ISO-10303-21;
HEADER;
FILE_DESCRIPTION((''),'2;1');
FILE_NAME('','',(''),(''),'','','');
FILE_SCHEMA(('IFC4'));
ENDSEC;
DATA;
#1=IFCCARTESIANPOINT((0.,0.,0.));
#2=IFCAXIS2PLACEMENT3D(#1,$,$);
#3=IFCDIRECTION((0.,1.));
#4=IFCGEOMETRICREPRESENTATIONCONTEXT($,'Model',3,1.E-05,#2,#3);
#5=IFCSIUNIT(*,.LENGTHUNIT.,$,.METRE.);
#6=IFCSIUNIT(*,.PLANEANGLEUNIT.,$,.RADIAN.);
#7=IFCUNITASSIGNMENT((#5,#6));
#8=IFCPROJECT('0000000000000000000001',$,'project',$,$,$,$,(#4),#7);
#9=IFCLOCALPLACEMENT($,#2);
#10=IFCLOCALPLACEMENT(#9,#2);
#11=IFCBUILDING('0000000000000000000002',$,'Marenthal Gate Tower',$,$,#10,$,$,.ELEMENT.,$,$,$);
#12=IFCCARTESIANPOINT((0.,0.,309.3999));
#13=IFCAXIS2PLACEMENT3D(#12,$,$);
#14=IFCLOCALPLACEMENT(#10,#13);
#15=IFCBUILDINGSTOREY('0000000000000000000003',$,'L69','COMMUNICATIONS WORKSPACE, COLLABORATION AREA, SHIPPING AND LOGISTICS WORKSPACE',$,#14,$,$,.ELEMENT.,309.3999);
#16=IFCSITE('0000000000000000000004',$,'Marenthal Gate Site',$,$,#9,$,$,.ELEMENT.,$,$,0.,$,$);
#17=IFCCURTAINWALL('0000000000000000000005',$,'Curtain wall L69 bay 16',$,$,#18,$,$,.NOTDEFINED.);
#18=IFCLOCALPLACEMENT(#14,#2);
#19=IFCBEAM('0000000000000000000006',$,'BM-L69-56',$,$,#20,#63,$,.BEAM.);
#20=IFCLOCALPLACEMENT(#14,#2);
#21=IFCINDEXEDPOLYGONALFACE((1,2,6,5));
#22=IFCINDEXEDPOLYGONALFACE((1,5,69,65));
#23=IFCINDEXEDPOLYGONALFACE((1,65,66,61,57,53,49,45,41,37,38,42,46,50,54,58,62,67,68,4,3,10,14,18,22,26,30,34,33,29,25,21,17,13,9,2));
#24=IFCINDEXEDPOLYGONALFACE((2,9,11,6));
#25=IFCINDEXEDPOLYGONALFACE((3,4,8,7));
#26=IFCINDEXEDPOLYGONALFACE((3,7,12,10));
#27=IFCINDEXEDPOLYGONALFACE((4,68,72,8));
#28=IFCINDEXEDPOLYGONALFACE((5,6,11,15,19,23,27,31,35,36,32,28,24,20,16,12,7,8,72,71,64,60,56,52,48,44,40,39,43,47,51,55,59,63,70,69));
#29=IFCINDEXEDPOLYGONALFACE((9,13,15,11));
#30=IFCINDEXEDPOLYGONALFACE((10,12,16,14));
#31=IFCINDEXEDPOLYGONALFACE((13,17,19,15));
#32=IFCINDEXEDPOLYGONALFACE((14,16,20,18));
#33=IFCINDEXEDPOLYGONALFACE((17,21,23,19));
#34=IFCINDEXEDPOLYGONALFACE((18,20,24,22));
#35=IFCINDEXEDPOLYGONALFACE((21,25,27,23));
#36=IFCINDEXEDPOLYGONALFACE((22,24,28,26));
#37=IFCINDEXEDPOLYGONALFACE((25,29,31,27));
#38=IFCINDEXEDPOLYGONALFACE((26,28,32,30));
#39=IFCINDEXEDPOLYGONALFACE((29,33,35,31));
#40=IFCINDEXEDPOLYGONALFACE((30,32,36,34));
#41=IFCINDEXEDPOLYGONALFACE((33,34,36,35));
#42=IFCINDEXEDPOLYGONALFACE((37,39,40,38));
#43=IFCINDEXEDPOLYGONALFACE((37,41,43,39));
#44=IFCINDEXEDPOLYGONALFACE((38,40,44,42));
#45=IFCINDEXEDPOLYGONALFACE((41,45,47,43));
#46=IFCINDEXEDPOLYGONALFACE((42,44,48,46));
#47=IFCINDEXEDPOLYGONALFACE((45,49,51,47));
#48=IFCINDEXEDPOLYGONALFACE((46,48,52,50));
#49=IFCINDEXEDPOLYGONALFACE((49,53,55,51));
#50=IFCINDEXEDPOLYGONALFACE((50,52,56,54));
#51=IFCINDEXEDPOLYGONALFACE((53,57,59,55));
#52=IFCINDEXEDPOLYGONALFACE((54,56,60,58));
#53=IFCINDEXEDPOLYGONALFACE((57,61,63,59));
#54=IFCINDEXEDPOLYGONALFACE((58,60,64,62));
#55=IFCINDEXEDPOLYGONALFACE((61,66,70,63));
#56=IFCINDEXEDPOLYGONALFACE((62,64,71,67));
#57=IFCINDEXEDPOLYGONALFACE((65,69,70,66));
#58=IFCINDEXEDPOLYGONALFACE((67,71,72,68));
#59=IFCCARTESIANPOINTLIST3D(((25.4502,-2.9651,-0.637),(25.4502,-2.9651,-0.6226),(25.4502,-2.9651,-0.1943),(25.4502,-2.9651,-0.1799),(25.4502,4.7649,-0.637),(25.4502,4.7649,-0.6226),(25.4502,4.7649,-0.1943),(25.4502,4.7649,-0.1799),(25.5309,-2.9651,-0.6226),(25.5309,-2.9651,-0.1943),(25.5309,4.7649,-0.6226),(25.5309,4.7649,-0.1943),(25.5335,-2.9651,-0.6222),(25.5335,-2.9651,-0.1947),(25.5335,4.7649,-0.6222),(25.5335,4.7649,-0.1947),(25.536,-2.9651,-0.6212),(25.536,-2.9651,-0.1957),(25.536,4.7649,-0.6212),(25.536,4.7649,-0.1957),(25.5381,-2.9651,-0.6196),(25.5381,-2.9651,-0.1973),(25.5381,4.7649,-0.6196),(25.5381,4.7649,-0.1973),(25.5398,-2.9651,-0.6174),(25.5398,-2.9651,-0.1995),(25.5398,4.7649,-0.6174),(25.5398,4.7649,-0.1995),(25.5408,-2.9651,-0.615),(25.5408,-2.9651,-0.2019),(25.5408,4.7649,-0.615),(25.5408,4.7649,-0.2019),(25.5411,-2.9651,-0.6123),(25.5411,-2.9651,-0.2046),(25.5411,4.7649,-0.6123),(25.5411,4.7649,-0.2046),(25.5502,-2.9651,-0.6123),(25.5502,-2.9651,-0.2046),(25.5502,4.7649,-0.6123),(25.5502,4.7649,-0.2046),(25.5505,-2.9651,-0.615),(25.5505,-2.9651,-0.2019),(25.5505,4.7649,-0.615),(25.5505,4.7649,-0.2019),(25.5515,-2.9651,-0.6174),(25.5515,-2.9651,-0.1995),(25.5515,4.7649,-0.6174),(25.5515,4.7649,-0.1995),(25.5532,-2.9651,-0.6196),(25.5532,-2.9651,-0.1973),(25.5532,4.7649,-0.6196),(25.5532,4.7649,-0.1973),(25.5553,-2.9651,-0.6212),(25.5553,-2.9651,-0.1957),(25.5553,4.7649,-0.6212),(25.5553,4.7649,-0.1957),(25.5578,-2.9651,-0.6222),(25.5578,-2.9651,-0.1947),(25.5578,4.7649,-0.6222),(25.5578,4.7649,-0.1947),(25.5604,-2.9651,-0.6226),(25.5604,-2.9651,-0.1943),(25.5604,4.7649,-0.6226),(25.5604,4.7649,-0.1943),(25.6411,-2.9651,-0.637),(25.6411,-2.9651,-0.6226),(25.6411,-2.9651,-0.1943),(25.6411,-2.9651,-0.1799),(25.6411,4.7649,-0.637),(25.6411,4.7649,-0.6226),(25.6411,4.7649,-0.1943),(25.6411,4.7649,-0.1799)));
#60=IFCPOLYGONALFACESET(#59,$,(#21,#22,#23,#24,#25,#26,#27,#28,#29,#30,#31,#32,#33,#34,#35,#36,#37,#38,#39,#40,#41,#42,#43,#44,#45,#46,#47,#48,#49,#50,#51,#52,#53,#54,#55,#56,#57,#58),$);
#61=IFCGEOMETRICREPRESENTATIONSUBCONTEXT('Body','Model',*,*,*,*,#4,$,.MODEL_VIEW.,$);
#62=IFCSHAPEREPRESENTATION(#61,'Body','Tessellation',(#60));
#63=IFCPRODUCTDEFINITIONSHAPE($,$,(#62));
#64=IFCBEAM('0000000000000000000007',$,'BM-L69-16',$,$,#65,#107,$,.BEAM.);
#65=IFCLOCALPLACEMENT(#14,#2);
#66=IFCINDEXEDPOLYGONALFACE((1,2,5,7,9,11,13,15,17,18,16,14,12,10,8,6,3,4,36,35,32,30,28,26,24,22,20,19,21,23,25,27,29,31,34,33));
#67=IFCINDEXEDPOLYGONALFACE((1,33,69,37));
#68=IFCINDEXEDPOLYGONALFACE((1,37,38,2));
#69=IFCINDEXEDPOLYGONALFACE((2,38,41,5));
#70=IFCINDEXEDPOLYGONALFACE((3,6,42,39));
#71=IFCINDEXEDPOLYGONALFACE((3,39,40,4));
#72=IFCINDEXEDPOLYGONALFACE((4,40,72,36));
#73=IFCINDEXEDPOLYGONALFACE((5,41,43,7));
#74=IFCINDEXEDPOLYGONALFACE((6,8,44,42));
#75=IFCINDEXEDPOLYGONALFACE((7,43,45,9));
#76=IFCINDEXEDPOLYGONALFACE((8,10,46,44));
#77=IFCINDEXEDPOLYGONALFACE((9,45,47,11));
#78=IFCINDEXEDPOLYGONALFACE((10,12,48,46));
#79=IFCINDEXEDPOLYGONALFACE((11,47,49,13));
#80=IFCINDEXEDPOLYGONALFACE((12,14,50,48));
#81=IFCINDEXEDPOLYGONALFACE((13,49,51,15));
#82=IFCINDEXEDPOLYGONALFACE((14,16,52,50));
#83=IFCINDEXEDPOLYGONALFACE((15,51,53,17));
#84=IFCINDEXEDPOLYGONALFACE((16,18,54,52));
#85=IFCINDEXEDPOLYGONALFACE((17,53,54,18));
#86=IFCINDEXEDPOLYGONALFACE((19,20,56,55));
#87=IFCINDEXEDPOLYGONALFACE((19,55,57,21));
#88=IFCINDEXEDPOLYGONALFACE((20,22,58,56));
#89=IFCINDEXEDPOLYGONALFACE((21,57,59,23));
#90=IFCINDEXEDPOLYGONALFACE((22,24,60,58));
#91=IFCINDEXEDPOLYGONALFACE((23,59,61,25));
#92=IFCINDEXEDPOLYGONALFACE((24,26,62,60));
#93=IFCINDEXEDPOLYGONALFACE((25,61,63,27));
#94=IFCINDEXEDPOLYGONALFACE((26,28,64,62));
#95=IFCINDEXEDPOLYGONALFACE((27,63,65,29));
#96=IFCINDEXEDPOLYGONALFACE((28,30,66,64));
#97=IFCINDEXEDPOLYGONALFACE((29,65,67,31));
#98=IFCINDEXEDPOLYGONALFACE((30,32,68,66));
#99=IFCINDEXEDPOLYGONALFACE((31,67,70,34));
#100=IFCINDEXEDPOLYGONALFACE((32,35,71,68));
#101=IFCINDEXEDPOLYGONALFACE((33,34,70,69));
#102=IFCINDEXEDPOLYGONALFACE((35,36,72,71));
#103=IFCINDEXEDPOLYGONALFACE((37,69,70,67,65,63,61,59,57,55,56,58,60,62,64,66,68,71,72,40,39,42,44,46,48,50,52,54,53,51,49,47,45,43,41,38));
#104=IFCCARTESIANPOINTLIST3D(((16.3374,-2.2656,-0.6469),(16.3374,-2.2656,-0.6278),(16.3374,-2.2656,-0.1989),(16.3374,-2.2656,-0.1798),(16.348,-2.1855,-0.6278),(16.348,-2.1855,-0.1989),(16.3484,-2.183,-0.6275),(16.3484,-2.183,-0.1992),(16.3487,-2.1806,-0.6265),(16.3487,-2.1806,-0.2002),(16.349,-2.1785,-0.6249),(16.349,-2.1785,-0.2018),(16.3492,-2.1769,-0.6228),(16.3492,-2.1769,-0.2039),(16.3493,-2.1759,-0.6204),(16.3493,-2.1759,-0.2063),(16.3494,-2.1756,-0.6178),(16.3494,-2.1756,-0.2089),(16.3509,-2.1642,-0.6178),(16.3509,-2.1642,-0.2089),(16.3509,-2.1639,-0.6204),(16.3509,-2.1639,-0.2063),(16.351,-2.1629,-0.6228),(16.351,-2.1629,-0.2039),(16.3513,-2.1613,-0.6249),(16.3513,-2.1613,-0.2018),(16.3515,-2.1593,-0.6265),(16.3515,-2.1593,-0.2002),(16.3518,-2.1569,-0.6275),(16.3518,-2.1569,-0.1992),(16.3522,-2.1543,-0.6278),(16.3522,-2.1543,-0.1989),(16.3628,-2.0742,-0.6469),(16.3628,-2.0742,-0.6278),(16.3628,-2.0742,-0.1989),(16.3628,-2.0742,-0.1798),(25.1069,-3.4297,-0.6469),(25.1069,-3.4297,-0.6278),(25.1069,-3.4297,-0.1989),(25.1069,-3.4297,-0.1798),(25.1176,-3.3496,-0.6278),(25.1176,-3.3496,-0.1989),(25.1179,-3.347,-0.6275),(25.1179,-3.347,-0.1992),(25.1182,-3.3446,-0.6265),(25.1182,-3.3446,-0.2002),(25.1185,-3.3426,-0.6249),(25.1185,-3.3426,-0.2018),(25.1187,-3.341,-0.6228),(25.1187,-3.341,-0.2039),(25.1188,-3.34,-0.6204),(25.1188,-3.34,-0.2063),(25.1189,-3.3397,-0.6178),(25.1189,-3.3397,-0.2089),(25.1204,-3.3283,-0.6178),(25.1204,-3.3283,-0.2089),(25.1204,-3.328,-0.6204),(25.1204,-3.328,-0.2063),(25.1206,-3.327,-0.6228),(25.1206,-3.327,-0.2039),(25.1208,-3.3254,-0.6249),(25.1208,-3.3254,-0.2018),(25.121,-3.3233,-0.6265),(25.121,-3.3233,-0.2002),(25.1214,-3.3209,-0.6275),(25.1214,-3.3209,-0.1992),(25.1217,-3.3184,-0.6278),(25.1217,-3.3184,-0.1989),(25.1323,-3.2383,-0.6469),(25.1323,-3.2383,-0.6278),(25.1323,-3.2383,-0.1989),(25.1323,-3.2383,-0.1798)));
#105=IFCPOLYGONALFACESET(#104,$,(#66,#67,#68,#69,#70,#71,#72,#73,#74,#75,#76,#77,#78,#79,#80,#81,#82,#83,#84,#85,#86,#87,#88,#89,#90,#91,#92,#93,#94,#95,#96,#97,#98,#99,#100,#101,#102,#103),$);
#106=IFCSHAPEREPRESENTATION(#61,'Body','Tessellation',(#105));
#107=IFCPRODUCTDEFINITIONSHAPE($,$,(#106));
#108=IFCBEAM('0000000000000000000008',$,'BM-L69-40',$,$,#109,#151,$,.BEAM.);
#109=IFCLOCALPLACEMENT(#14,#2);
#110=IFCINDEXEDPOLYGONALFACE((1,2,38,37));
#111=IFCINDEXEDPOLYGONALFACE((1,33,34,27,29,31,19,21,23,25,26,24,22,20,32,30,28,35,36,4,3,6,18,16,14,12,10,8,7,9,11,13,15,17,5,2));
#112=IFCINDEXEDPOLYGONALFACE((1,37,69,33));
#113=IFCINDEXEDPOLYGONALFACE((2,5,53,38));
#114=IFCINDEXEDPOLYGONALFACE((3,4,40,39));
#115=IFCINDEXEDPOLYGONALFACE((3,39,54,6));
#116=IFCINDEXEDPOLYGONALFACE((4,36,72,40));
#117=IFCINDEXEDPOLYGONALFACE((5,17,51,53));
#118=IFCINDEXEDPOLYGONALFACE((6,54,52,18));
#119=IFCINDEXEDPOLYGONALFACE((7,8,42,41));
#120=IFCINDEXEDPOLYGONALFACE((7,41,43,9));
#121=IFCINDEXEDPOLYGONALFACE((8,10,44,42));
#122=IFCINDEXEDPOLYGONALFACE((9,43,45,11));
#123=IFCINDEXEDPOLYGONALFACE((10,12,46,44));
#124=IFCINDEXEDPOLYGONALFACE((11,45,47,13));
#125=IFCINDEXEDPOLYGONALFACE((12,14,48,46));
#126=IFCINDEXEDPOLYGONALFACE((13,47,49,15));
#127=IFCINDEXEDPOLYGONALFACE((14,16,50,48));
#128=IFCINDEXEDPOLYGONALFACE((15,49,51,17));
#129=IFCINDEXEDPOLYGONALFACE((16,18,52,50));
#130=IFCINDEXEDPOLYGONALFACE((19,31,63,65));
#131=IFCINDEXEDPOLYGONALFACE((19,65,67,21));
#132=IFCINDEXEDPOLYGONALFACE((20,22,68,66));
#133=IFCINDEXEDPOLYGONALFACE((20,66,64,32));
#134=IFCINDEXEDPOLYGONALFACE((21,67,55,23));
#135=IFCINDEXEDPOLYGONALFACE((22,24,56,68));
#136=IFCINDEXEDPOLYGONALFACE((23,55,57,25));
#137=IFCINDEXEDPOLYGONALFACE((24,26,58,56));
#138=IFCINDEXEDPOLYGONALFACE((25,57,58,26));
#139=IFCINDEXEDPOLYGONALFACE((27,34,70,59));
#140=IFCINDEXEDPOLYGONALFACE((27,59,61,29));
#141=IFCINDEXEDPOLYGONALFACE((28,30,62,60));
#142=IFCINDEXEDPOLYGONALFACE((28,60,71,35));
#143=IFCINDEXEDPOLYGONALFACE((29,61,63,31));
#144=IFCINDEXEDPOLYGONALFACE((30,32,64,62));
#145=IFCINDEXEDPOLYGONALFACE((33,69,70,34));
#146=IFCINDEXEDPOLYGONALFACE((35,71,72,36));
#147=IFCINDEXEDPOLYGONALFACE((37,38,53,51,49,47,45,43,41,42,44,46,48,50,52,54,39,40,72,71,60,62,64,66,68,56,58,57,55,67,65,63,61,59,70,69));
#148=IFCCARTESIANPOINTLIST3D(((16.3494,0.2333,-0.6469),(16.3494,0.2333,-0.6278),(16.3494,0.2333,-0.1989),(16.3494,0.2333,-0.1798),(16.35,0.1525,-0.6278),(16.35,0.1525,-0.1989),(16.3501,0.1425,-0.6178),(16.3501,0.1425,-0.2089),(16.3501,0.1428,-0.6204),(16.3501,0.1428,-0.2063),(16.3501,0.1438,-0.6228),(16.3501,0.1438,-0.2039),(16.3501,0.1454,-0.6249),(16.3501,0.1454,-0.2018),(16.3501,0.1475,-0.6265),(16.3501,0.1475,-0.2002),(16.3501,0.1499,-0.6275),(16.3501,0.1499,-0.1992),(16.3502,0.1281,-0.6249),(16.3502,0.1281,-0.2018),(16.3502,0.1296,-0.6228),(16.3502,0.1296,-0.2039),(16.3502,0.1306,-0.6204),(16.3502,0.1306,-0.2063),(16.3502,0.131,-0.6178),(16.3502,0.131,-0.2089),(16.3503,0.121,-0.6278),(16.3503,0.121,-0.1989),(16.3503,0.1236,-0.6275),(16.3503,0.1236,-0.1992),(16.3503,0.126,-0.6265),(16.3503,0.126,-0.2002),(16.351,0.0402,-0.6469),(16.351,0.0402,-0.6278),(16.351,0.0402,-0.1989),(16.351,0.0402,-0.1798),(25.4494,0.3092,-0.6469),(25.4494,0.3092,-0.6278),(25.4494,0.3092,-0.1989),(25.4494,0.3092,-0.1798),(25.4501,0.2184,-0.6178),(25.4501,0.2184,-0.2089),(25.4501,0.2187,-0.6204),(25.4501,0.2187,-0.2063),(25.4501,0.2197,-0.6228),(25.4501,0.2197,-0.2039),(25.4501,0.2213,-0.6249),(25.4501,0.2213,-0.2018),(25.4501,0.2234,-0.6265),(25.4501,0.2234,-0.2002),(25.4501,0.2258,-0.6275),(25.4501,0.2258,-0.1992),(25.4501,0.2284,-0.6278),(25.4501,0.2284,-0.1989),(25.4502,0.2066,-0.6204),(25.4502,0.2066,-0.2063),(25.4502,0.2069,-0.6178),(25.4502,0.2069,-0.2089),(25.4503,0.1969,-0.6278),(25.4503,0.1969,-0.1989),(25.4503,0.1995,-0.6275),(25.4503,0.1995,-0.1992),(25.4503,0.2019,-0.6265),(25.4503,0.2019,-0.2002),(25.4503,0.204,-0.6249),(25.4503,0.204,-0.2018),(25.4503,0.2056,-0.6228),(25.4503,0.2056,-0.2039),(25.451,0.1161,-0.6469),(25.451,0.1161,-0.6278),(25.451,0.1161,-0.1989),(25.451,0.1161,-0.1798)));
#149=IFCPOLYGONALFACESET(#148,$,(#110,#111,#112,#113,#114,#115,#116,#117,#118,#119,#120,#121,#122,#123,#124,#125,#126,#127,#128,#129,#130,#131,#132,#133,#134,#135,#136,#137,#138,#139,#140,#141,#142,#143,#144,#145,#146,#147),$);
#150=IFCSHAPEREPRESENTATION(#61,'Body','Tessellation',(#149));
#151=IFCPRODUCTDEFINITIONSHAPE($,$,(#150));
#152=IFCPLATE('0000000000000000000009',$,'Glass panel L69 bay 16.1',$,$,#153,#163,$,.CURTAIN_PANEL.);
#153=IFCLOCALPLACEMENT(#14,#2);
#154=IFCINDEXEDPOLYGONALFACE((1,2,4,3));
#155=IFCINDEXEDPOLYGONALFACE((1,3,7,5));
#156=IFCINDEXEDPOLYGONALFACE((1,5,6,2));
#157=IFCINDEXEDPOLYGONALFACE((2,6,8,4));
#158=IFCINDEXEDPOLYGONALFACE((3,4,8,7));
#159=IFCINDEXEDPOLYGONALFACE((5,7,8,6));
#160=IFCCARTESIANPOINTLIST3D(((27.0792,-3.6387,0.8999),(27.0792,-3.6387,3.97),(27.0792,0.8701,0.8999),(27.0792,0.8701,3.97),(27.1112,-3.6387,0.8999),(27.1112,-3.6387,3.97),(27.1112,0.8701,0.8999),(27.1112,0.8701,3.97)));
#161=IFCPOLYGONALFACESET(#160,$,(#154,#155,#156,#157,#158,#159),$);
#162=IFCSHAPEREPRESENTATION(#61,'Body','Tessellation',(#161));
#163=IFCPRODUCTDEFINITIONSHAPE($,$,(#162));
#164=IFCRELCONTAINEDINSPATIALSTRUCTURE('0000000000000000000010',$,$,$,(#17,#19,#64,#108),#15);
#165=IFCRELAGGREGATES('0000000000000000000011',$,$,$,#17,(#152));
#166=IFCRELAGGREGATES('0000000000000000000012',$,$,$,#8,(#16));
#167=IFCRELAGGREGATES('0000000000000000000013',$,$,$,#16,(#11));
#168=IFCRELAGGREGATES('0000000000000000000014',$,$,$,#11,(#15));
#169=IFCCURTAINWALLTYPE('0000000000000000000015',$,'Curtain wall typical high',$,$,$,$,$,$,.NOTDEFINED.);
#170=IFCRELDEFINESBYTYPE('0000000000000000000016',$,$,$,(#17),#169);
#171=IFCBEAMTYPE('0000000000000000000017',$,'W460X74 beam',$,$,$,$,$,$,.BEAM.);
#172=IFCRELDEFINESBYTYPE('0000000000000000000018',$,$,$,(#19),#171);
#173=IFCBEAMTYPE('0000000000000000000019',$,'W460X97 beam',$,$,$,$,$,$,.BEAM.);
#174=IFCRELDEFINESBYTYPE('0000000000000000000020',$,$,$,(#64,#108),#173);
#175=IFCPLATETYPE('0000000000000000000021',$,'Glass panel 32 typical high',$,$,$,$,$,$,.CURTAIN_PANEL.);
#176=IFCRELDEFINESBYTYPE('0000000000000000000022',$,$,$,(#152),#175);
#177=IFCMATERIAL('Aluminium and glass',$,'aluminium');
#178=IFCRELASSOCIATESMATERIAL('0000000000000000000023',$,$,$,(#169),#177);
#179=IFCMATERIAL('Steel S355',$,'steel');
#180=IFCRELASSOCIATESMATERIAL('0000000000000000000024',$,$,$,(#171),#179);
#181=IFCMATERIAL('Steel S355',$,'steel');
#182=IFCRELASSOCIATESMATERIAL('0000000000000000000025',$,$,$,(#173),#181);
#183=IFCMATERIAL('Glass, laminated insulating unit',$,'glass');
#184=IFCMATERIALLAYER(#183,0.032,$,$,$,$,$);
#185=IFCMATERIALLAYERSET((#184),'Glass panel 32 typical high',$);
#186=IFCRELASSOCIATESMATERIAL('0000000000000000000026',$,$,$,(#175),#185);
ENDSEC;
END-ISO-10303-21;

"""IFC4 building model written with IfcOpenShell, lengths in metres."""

from ifc_helpers import new_model, si_unit, direction, frame, origin, origin_2d, place, context, subcontext, project, spatial, rectangle, i_section, extrude, material, layer, layer_set, material_profile, profile_set, type_object, element, aggregate, save


model = new_model("IFC4")

# Units and contexts
model_context = context("Model", 3, precision=1e-05, world=origin(), true_north=direction((0.0, 1.0)))
body_context = subcontext(model_context, "Body", "Model", "MODEL_VIEW")
ifc_project = project(units=[si_unit("LENGTHUNIT", "METRE"), si_unit("PLANEANGLEUNIT", "RADIAN")], contexts=[model_context])

# Site, building, storey
site_placement = place(None, origin())
site = spatial("IfcSite", under=ifc_project, at=site_placement, Name="Marenthal Gate Site", CompositionType="ELEMENT", RefElevation=0.0)
building_placement = place(site_placement, origin())
building = spatial("IfcBuilding", under=site, at=building_placement, Name="Marenthal Gate Tower", CompositionType="ELEMENT")
storey_placement = place(building_placement, frame((0.0, 0.0, 309.3999)))
storey = spatial("IfcBuildingStorey", under=building, at=storey_placement, Name="L69", Description="COMMUNICATIONS WORKSPACE, COLLABORATION AREA, SHIPPING AND LOGISTICS WORKSPACE", CompositionType="ELEMENT", Elevation=309.3999)

# Curtain wall
ifc_material_1 = material(Name="Aluminium and glass", Category="aluminium")
curtain_wall_type = type_object("IfcCurtainWallType", Name="Curtain wall typical high", PredefinedType="NOTDEFINED", material=ifc_material_1)
curtain_wall_placement = place(storey_placement, origin())
curtain_wall = element("IfcCurtainWall", 1, at=curtain_wall_placement, inside=storey, type_object=curtain_wall_type, Name="Curtain wall L69 bay 16", PredefinedType="NOTDEFINED")

# Beams
ifc_material_2 = material(Name="Steel S355", Category="steel")
ifc_material_profile_1 = material_profile(ifc_material_2, i_section(OverallWidth=0.1909, OverallDepth=0.457, WebThickness=0.009, FlangeThickness=0.0144, FilletRadius=0.0103, at=origin_2d()), Name="W460X74")
ifc_profile_set_1 = profile_set([ifc_material_profile_1], Name="Steel S355")
beam_type_1 = type_object("IfcBeamType", Name="W460X74 beam", PredefinedType="BEAM", material=ifc_profile_set_1)
beam_1_placement = place(storey_placement, frame((25.5457, -2.9651, -0.4084), z_axis=(0.0, 1.0, 0.0), x_axis=(-1.0, 0.0, 0.0)))
element("IfcBeam", 2, at=beam_1_placement, inside=storey, type_object=beam_type_1, Name="BM-L69-56", PredefinedType="BEAM", context=body_context, shape_type="SweptSolid", body=[
    extrude(i_section(OverallWidth=0.1909, OverallDepth=0.457, WebThickness=0.009, FlangeThickness=0.0144, FilletRadius=0.0103, at=origin_2d()), origin(), (0.0, 0.0, 1.0), 7.73),
])
ifc_material_3 = material(Name="Steel S355", Category="steel")
ifc_material_profile_2 = material_profile(ifc_material_3, i_section(OverallWidth=0.1931, OverallDepth=0.467, WebThickness=0.0115, FlangeThickness=0.019, FilletRadius=0.01, at=origin_2d()), Name="W460X97")
ifc_profile_set_2 = profile_set([ifc_material_profile_2], Name="Steel S355")
beam_type_2 = type_object("IfcBeamType", Name="W460X97 beam", PredefinedType="BEAM", material=ifc_profile_set_2)
beam_2_placement = place(storey_placement, frame((25.1196, -3.334, -0.4133), z_axis=(-0.991305, 0.131585, 0.0), x_axis=(-0.131585, -0.991305, 0.0)))
element("IfcBeam", 3, at=beam_2_placement, inside=storey, type_object=beam_type_2, Name="BM-L69-16", PredefinedType="BEAM", context=body_context, shape_type="SweptSolid", body=[
    extrude(i_section(OverallWidth=0.1931, OverallDepth=0.467, WebThickness=0.0115, FlangeThickness=0.019, FilletRadius=0.01, at=origin_2d()), origin(), (0.0, 0.0, 1.0), 8.8464),
])
beam_3_placement = place(storey_placement, frame((25.4502, 0.2126, -0.4133), z_axis=(-0.999965, -0.008343, 0.0), x_axis=(0.008343, -0.999965, 0.0)))
element("IfcBeam", 4, at=beam_3_placement, inside=storey, type_object=beam_type_2, Name="BM-L69-40", PredefinedType="BEAM", context=body_context, shape_type="SweptSolid", body=[
    extrude(i_section(OverallWidth=0.1931, OverallDepth=0.467, WebThickness=0.0115, FlangeThickness=0.019, FilletRadius=0.01, at=origin_2d()), origin(), (0.0, 0.0, 1.0), 9.1003),
])

# Plate
ifc_material_4 = material(Name="Glass, laminated insulating unit", Category="glass")
ifc_layer_1 = layer(ifc_material_4, 0.032)
ifc_layer_set_1 = layer_set([ifc_layer_1], Name="Glass panel 32 typical high")
plate_type = type_object("IfcPlateType", Name="Glass panel 32 typical high", PredefinedType="CURTAIN_PANEL", material=ifc_layer_set_1)
plate_placement = place(storey_placement, frame((27.0952, -1.3843, 0.8999), z_axis=(0.0, 0.0, 1.0), x_axis=(0.0, 1.0, 0.0)))
plate = element("IfcPlate", 5, at=plate_placement, type_object=plate_type, Name="Glass panel L69 bay 16.1", PredefinedType="CURTAIN_PANEL", context=body_context, shape_type="SweptSolid", body=[
    extrude(rectangle(XDim=4.5088, YDim=0.032, at=origin_2d()), origin(), (0.0, 0.0, 1.0), 3.0701),
])
aggregate(curtain_wall, [plate])

save(model, "model.ifc")
